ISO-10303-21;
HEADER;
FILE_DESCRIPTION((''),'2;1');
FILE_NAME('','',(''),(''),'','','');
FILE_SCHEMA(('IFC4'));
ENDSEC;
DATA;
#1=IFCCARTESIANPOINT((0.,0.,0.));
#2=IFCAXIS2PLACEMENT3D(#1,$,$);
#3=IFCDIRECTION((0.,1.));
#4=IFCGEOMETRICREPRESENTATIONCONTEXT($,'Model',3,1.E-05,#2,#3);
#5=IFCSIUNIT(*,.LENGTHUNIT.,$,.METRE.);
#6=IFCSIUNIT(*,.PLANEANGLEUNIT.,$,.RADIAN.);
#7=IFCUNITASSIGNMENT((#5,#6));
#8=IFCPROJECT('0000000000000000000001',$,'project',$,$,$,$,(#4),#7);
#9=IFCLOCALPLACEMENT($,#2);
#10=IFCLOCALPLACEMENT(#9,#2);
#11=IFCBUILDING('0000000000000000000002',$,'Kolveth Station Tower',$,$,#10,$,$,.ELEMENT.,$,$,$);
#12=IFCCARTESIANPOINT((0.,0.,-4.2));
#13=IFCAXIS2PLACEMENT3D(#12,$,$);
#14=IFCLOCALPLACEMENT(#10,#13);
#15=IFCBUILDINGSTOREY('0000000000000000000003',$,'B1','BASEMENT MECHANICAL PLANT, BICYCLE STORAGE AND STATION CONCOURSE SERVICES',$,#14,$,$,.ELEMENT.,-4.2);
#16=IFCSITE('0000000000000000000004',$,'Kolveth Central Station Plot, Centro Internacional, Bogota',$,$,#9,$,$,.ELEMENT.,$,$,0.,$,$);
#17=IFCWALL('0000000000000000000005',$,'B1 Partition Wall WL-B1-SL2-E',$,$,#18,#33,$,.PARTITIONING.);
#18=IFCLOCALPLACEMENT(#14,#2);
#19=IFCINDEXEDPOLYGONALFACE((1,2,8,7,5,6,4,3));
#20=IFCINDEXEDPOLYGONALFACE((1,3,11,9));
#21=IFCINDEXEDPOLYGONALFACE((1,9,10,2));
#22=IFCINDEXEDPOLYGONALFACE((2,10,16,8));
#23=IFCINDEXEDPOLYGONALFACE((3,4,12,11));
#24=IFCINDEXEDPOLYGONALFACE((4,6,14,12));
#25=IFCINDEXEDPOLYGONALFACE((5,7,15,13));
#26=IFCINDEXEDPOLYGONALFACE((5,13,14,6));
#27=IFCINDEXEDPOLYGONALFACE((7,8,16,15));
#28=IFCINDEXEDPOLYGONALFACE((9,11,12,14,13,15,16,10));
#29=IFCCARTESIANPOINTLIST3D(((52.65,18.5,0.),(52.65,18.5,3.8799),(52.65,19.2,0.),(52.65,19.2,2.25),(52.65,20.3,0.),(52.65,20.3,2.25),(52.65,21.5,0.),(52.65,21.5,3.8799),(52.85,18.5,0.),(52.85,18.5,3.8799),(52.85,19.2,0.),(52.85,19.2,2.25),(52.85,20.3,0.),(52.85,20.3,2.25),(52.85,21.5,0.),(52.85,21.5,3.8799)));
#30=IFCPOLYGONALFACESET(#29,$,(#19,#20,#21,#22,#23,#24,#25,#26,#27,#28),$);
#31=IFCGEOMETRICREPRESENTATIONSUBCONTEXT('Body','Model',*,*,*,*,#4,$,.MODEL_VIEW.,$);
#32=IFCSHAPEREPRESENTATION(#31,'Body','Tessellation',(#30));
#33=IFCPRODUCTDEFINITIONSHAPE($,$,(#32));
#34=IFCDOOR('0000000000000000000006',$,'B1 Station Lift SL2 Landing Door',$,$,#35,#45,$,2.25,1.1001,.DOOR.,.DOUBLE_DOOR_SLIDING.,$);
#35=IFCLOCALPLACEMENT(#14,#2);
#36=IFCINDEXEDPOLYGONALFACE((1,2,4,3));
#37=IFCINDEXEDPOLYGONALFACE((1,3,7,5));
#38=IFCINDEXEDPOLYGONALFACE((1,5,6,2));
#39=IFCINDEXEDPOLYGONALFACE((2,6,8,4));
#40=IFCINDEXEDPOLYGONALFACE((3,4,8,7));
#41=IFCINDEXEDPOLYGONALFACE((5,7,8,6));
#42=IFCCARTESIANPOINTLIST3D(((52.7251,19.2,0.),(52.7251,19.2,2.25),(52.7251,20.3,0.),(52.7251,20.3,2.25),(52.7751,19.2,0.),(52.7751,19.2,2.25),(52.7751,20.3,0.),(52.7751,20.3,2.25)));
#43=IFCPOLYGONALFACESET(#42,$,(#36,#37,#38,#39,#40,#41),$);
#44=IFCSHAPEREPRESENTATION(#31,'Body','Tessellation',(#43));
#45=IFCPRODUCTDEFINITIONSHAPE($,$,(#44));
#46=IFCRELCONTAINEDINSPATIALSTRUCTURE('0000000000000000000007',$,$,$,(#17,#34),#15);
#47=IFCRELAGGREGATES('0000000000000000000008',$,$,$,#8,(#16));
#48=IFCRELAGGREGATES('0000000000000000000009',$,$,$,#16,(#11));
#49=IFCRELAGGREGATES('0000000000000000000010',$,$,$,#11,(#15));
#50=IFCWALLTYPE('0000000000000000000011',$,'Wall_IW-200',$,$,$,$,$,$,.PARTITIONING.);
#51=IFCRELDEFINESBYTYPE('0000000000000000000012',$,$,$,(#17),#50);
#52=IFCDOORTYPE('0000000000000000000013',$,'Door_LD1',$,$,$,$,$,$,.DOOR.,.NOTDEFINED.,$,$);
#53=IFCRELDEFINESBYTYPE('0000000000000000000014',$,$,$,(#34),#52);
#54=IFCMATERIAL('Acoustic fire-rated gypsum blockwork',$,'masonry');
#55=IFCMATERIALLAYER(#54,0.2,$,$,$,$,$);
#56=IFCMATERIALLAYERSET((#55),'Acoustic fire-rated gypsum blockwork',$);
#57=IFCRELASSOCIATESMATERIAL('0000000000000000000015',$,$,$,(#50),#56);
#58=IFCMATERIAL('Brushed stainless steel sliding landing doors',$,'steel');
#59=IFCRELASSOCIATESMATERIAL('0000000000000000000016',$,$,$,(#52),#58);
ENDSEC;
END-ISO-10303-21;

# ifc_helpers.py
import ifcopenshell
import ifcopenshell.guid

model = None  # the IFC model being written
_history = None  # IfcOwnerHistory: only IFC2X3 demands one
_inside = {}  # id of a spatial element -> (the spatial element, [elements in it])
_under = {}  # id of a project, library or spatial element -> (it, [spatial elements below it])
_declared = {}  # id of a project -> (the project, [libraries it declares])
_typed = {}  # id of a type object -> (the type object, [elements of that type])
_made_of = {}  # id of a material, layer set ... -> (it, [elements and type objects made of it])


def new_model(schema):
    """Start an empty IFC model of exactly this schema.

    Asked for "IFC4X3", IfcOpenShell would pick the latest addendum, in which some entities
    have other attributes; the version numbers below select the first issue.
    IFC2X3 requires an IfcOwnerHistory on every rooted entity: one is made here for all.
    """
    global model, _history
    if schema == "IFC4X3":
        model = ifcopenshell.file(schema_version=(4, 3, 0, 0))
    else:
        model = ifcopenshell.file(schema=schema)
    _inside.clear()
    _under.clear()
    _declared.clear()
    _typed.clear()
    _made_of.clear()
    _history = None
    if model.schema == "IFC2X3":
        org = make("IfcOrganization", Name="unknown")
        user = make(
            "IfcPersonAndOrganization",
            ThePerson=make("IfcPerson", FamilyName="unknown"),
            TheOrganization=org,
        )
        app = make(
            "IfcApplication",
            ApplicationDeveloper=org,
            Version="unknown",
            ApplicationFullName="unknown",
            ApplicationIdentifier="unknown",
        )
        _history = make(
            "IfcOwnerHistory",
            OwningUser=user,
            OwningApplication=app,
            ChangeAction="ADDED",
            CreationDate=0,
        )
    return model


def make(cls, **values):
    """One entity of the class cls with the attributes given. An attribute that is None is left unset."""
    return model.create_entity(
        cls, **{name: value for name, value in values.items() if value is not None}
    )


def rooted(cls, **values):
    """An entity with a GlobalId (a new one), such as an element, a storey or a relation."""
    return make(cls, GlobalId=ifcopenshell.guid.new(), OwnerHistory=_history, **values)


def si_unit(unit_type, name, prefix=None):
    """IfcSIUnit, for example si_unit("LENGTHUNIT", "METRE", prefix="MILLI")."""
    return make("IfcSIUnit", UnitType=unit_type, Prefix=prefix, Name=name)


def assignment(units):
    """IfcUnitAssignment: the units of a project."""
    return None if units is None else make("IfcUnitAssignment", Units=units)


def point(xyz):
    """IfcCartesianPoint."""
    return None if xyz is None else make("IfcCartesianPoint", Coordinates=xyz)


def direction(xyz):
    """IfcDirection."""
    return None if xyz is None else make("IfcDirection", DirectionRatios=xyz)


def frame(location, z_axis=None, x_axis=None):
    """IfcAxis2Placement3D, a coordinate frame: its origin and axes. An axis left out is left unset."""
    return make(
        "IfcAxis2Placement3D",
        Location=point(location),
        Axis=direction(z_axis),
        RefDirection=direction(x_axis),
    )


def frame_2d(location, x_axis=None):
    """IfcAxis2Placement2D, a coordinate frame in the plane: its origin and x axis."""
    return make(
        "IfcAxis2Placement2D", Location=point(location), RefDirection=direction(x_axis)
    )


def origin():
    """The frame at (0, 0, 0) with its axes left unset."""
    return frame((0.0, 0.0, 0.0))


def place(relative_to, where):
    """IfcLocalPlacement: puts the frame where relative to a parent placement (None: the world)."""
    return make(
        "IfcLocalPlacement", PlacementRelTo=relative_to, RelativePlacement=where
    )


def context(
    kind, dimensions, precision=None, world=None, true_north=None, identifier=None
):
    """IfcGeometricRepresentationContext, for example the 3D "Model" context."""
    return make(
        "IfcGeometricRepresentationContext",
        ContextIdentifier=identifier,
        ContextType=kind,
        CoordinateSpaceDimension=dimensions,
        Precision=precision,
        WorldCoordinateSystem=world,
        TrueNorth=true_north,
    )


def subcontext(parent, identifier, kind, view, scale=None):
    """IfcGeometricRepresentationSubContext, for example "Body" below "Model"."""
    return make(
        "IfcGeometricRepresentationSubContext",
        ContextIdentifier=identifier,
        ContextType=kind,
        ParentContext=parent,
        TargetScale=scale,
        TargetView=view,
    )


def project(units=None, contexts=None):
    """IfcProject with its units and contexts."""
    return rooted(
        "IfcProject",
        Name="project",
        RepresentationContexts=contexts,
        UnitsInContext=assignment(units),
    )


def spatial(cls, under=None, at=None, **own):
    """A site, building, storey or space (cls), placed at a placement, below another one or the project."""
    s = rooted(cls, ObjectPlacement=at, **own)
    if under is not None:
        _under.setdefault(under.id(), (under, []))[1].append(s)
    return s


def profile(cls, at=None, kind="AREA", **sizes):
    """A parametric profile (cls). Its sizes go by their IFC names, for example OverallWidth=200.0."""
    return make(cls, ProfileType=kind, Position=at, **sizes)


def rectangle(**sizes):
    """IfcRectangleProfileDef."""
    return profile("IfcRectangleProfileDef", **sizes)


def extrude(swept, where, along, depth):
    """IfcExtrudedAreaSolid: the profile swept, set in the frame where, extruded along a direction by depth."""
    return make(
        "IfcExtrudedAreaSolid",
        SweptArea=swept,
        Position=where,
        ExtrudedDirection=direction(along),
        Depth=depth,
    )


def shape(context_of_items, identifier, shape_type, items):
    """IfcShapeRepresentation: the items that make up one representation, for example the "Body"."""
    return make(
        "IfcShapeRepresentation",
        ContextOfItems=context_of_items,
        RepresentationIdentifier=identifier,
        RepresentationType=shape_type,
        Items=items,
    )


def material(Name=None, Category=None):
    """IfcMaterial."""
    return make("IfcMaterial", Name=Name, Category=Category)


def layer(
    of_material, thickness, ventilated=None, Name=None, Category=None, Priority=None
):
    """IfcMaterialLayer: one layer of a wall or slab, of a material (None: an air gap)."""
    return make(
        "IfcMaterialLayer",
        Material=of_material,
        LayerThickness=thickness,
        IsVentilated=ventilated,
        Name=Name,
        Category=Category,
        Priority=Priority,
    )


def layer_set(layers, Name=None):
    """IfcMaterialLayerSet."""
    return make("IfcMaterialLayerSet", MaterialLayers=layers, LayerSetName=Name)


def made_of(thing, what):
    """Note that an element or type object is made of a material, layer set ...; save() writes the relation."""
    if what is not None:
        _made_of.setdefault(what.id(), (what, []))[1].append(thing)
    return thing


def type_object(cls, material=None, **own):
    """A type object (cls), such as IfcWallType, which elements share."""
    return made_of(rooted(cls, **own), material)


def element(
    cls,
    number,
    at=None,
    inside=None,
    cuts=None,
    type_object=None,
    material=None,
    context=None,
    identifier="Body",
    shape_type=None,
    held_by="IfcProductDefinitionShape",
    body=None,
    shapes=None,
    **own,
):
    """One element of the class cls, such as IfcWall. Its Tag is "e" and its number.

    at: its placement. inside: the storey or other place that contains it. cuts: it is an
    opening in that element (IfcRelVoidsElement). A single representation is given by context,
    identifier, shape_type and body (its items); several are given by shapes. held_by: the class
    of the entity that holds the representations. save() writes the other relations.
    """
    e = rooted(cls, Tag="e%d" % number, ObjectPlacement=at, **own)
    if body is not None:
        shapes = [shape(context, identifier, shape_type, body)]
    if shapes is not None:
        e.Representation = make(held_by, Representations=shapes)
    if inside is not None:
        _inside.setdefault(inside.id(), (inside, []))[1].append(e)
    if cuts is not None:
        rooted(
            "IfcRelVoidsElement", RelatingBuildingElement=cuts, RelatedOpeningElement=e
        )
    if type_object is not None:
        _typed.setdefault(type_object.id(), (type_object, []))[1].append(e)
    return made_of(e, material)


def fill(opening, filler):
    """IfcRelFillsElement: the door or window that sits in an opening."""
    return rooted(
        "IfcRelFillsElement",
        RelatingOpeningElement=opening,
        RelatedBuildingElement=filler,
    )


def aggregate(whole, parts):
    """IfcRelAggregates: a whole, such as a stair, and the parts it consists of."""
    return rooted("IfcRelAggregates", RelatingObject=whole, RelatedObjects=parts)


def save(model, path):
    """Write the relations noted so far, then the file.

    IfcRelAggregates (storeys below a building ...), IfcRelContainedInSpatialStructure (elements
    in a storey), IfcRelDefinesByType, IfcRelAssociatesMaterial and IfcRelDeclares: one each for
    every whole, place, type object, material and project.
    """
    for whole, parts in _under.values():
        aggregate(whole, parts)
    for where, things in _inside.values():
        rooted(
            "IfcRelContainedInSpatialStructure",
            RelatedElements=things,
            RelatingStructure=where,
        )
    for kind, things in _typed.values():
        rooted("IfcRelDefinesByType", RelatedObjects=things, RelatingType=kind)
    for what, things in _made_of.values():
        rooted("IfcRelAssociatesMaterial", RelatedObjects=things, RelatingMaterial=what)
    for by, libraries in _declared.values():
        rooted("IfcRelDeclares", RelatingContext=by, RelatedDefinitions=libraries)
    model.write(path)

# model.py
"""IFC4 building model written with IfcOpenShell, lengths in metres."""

from ifc_helpers import new_model, si_unit, direction, frame, frame_2d, origin, place, context, subcontext, project, spatial, rectangle, extrude, material, layer, layer_set, type_object, element, fill, save


model = new_model("IFC4")

# Units and contexts
model_context = context("Model", 3, precision=1e-05, world=origin(), true_north=direction((0.0, 1.0)))
body_context = subcontext(model_context, "Body", "Model", "MODEL_VIEW")
ifc_project = project(units=[si_unit("LENGTHUNIT", "METRE"), si_unit("PLANEANGLEUNIT", "RADIAN")], contexts=[model_context])

# Site, building, storey
site_placement = place(None, origin())
site = spatial("IfcSite", under=ifc_project, at=site_placement, Name="Kolveth Central Station Plot, Centro Internacional, Bogota", CompositionType="ELEMENT", RefElevation=0.0)
building_placement = place(site_placement, origin())
building = spatial("IfcBuilding", under=site, at=building_placement, Name="Kolveth Station Tower", CompositionType="ELEMENT")
storey_placement = place(building_placement, frame((0.0, 0.0, -4.2)))
storey = spatial("IfcBuildingStorey", under=building, at=storey_placement, Name="B1", Description="BASEMENT MECHANICAL PLANT, BICYCLE STORAGE AND STATION CONCOURSE SERVICES", CompositionType="ELEMENT", Elevation=-4.2)

# Shared definitions
ifc_material_1 = material(Name="Acoustic fire-rated gypsum blockwork", Category="masonry")
ifc_layer = layer(ifc_material_1, 0.2)
ifc_layer_set = layer_set([ifc_layer], Name="Acoustic fire-rated gypsum blockwork")
wall_type = type_object("IfcWallType", Name="Wall_IW-200", PredefinedType="PARTITIONING", material=ifc_layer_set)

# Wall, opening, door
wall_1_placement = place(storey_placement, frame((52.75, 18.5, 0.0), z_axis=(0.0, 0.0, 1.0), x_axis=(0.0, 1.0, 0.0)))
wall_1 = element("IfcWall", 1, at=wall_1_placement, inside=storey, type_object=wall_type, Name="B1 Partition Wall WL-B1-SL2-E", PredefinedType="PARTITIONING", context=body_context, shape_type="SweptSolid", body=[
    extrude(rectangle(XDim=3.0, YDim=0.2, at=frame_2d((1.5, 0.0))), origin(), (0.0, 0.0, 1.0), 3.8799),
])
opening_placement = place(wall_1_placement, frame((0.7, 0.0, 0.0)))
opening = element("IfcOpeningElement", 2, at=opening_placement, cuts=wall_1, PredefinedType="OPENING", context=body_context, shape_type="SweptSolid", body=[
    extrude(rectangle(XDim=1.1001, YDim=2.25, at=frame_2d((0.55, 1.125))), frame((0.0, 0.1099, 0.0), z_axis=(0.0, -1.0, 0.0), x_axis=(1.0, 0.0, 0.0)), (0.0, 0.0, 1.0), 0.22),
])
ifc_material_2 = material(Name="Brushed stainless steel sliding landing doors", Category="steel")
door_type = type_object("IfcDoorType", Name="Door_LD1", OperationType="NOTDEFINED", PredefinedType="DOOR", material=ifc_material_2)
door_placement = place(opening_placement, origin())
door = element("IfcDoor", 3, at=door_placement, inside=storey, type_object=door_type, Name="B1 Station Lift SL2 Landing Door", OperationType="DOUBLE_DOOR_SLIDING", OverallHeight=2.25, OverallWidth=1.1001, PredefinedType="DOOR", context=body_context, shape_type="SweptSolid", body=[
    extrude(rectangle(XDim=1.1001, YDim=2.25, at=frame_2d((0.55, 1.125))), frame((0.0, 0.0249, 0.0), z_axis=(0.0, -1.0, 0.0), x_axis=(1.0, 0.0, 0.0)), (0.0, 0.0, 1.0), 0.05),
])
fill(opening, door)

save(model, "model.ifc")
